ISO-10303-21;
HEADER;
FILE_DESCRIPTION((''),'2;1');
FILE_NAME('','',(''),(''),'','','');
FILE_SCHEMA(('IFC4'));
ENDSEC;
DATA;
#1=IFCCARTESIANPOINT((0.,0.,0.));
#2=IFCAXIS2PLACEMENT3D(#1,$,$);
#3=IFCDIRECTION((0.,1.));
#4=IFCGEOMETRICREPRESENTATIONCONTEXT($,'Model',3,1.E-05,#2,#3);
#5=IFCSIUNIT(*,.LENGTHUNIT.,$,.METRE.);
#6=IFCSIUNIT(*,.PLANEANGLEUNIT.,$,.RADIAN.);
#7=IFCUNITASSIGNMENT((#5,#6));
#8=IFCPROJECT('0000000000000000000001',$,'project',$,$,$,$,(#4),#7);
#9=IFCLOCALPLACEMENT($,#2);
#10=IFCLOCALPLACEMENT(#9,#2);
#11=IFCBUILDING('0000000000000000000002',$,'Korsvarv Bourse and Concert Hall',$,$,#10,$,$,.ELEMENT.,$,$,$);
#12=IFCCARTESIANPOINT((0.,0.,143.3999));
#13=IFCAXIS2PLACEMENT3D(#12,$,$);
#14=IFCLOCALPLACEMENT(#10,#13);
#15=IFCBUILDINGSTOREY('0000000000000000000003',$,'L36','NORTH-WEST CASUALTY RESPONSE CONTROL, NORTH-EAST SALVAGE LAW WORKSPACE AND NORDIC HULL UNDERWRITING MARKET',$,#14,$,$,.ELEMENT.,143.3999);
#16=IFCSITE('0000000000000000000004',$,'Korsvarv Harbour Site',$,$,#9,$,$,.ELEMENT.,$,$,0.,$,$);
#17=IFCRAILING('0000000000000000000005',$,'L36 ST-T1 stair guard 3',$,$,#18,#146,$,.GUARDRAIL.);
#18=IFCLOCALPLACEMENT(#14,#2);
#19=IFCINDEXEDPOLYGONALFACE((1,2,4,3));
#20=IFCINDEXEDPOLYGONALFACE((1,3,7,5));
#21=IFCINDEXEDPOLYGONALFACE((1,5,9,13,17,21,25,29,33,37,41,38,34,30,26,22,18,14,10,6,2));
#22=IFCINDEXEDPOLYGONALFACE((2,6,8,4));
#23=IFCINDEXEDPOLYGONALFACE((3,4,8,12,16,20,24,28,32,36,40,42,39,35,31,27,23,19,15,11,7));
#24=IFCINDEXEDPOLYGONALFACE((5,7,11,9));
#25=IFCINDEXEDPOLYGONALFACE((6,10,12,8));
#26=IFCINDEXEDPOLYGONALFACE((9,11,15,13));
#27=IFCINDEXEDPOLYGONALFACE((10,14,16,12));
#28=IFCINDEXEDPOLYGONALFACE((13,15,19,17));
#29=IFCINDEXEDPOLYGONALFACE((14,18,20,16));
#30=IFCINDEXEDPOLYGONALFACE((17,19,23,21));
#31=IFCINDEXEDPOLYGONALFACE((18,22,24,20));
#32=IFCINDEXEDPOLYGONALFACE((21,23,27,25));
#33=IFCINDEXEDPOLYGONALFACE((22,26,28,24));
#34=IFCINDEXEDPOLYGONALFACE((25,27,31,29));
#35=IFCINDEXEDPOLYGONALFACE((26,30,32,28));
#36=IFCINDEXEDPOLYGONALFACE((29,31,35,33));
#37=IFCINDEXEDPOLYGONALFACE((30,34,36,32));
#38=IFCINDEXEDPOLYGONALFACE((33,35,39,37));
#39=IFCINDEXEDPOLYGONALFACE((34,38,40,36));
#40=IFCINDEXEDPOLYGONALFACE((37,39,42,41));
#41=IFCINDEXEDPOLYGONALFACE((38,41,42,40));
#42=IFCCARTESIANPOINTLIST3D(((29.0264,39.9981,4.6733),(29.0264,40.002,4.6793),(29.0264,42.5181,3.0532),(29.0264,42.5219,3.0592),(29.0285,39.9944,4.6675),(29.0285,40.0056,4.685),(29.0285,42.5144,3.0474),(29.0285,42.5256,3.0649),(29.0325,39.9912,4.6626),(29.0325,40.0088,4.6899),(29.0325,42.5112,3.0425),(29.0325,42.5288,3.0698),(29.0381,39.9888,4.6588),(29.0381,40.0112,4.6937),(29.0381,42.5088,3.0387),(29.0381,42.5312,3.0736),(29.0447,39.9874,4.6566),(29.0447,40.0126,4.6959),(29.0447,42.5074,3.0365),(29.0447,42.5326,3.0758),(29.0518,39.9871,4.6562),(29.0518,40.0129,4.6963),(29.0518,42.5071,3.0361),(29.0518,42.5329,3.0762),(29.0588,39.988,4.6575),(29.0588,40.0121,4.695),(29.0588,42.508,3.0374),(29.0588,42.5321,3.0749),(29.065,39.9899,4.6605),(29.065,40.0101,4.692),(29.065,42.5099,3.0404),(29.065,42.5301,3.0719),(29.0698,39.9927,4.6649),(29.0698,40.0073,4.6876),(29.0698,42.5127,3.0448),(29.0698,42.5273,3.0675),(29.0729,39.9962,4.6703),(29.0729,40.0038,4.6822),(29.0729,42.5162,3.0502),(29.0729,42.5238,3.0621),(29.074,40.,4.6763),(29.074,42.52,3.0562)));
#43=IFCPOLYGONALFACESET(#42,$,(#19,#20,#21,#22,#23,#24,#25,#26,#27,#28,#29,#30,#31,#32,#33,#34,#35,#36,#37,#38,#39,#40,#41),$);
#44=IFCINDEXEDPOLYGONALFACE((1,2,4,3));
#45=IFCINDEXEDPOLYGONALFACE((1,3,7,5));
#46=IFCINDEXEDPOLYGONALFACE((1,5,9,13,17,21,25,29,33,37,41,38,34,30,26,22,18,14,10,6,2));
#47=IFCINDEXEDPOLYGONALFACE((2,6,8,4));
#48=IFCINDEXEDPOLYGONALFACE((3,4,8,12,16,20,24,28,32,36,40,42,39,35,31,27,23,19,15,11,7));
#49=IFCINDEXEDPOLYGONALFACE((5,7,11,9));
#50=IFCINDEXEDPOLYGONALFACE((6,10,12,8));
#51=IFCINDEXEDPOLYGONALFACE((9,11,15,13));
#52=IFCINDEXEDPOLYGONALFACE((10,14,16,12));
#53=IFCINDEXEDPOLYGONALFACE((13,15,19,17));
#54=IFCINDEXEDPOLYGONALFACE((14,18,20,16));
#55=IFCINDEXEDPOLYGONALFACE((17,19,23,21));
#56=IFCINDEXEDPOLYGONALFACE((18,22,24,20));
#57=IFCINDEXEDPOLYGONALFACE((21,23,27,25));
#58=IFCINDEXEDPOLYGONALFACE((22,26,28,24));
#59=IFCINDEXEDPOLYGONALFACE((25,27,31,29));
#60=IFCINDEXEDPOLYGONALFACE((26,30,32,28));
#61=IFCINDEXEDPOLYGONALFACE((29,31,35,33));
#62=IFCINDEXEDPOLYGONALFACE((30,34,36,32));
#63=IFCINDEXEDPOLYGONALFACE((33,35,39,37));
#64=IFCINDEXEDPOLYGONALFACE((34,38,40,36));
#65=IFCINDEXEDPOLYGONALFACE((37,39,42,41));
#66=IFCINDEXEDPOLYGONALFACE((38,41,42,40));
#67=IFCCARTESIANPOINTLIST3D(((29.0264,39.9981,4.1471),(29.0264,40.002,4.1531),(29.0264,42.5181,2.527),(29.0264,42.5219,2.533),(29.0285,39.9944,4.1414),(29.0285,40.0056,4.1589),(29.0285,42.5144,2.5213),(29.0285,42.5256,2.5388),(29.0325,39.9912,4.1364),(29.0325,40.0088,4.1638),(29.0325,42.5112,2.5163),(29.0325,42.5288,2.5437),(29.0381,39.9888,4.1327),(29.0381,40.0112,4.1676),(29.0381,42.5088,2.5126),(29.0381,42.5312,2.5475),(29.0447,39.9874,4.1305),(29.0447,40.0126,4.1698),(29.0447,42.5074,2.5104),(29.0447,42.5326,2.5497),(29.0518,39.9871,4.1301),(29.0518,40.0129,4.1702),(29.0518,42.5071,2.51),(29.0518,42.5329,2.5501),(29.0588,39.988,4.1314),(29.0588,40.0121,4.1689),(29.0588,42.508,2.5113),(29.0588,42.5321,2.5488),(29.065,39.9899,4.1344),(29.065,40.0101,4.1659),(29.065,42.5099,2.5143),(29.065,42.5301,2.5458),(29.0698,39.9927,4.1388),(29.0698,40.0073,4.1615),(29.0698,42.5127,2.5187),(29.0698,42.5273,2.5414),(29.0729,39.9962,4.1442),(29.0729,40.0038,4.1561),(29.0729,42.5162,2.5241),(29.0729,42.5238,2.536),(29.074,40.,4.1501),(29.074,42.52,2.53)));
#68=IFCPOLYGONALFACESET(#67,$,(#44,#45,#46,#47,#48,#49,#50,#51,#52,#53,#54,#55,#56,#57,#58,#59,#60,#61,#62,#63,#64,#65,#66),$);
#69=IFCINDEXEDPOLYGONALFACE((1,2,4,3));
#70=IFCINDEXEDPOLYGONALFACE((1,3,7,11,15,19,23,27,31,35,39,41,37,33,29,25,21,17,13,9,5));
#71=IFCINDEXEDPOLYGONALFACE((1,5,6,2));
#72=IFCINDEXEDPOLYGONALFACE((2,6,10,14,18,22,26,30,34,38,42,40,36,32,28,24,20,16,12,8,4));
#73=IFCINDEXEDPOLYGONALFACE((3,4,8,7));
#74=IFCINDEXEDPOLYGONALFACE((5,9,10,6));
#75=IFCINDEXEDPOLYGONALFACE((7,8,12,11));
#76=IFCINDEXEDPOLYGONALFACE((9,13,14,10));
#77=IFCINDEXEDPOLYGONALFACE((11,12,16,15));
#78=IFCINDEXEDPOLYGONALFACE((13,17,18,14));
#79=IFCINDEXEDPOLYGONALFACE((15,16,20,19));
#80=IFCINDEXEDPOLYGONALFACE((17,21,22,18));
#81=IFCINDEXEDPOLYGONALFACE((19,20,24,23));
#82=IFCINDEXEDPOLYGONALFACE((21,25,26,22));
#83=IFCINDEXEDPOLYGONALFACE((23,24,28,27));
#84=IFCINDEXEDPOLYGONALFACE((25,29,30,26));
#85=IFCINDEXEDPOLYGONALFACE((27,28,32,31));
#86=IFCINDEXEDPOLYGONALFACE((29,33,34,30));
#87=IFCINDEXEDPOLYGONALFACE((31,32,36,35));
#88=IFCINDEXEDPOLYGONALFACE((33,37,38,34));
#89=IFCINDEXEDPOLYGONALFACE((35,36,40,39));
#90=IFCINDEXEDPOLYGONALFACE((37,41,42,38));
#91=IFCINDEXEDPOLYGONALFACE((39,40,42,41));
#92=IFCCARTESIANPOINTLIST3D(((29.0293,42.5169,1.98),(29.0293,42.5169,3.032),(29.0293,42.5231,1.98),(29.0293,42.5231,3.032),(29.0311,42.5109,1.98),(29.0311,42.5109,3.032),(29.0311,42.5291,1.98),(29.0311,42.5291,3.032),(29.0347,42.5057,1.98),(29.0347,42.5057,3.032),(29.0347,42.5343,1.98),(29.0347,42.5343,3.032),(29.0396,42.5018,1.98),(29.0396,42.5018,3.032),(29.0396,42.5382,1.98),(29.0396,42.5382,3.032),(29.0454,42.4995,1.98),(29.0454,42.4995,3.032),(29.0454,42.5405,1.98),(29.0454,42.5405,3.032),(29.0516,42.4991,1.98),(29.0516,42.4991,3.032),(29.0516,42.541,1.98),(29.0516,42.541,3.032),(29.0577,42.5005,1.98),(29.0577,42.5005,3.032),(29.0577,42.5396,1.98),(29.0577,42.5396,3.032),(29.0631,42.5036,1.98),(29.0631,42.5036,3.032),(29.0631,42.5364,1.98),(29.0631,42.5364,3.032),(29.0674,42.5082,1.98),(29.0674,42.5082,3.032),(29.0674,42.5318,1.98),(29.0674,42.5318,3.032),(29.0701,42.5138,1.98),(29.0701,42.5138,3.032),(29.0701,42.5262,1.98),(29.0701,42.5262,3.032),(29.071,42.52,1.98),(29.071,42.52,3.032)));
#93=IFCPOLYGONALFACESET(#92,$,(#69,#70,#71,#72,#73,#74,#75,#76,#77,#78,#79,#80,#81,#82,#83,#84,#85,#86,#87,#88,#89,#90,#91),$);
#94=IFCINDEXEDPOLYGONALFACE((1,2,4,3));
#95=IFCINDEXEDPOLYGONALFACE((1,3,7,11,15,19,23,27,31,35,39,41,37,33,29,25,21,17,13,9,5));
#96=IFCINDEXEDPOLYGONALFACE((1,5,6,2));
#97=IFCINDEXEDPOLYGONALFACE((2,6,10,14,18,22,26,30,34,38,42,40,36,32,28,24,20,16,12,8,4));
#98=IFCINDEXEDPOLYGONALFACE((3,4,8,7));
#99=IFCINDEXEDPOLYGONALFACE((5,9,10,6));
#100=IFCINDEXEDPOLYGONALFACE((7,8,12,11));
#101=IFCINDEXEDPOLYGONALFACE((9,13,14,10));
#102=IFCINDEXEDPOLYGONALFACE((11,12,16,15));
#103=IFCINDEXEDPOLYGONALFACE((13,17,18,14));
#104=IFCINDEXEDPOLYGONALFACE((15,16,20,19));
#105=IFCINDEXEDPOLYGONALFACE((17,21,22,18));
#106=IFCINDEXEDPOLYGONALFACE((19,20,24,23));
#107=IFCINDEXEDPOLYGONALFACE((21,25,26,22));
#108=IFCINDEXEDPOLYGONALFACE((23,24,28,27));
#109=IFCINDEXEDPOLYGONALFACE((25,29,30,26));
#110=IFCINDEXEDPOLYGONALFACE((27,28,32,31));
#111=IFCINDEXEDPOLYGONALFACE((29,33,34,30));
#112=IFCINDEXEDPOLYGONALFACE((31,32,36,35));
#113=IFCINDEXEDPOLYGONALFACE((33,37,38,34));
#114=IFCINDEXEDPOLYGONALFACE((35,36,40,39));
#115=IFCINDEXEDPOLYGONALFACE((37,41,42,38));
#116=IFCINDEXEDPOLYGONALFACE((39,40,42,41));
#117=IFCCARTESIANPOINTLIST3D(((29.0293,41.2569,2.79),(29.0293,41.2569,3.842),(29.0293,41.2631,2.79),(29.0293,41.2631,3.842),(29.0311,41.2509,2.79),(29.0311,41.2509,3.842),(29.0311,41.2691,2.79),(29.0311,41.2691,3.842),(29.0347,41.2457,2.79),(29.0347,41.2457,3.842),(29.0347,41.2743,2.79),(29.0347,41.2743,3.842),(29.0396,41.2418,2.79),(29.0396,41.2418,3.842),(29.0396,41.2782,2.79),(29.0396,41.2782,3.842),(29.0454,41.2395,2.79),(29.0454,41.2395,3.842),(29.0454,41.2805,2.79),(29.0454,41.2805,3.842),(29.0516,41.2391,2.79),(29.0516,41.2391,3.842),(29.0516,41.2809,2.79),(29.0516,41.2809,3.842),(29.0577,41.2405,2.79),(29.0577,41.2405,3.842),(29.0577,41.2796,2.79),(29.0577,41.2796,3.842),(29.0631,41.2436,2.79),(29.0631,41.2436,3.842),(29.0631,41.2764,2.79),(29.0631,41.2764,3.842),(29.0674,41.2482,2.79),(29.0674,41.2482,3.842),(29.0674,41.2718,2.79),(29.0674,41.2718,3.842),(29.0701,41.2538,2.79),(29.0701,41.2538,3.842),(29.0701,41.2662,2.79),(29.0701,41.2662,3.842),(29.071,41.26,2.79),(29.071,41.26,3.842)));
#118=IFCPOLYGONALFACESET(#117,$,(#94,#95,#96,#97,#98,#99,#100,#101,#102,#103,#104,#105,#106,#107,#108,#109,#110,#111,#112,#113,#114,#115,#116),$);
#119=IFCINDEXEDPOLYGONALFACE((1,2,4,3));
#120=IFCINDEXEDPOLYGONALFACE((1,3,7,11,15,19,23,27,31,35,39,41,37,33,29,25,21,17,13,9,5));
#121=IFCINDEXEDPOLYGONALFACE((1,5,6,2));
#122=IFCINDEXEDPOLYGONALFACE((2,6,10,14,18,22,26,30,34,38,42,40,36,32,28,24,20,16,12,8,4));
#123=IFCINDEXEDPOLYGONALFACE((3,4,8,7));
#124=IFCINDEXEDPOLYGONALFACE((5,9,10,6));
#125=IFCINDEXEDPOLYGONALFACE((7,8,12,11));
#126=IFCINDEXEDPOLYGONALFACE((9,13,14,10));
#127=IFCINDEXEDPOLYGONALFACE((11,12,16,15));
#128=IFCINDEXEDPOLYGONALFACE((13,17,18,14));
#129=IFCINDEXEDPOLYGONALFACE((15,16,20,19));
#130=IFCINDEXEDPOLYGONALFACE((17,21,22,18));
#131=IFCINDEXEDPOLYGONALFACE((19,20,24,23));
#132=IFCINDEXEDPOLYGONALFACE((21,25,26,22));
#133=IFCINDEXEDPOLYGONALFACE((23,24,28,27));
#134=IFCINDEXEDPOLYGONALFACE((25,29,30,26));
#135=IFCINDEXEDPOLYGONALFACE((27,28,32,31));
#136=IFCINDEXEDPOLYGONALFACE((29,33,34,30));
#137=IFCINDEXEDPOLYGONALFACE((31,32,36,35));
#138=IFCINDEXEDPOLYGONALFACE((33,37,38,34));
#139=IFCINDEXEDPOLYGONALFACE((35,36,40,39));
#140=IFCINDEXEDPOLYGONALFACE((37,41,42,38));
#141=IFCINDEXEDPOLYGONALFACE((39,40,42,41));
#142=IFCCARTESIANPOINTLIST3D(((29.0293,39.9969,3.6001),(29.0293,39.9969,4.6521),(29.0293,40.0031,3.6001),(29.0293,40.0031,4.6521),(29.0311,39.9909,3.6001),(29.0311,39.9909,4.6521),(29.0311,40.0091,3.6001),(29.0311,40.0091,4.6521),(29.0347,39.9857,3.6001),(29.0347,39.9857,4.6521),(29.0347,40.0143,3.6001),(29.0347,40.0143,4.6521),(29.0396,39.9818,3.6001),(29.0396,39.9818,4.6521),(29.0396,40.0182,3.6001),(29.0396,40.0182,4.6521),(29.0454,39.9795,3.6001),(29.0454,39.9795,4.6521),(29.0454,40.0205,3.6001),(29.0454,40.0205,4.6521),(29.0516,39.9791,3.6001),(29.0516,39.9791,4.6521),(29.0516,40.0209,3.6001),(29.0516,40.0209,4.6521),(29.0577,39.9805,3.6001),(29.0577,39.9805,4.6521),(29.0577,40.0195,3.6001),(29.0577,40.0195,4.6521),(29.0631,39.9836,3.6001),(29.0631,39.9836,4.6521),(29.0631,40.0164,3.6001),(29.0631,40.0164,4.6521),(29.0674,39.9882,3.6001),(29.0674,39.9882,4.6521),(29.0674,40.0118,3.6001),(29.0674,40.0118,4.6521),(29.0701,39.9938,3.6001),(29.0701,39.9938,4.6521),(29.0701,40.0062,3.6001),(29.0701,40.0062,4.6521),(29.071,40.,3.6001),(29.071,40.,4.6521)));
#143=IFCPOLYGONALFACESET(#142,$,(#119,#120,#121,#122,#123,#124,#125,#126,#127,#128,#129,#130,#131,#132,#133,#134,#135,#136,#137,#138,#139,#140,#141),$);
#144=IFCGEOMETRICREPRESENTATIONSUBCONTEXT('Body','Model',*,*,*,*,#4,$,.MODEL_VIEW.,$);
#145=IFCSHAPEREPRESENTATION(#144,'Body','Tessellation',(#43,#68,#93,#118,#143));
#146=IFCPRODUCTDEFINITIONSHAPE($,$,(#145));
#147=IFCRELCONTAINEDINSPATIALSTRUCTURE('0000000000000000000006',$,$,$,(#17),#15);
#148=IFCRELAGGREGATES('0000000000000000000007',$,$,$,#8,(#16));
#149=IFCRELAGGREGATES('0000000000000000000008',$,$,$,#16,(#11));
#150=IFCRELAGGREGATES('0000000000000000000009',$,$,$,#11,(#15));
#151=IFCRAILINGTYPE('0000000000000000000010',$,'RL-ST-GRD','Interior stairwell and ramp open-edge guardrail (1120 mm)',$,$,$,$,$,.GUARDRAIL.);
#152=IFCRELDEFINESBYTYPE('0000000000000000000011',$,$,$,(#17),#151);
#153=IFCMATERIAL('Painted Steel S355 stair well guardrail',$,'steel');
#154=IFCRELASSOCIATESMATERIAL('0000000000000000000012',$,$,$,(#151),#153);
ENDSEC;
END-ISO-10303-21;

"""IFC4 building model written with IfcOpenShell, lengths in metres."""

from ifc_helpers import new_model, si_unit, direction, frame, origin, origin_2d, place, context, subcontext, project, spatial, circle, extrude, material, type_object, element, save


model = new_model("IFC4")

# Units and contexts
model_context = context("Model", 3, precision=1e-05, world=origin(), true_north=direction((0.0, 1.0)))
body_context = subcontext(model_context, "Body", "Model", "MODEL_VIEW")
ifc_project = project(units=[si_unit("LENGTHUNIT", "METRE"), si_unit("PLANEANGLEUNIT", "RADIAN")], contexts=[model_context])

# Site, building, storey
site_placement = place(None, origin())
site = spatial("IfcSite", under=ifc_project, at=site_placement, Name="Korsvarv Harbour Site", CompositionType="ELEMENT", RefElevation=0.0)
building_placement = place(site_placement, origin())
building = spatial("IfcBuilding", under=site, at=building_placement, Name="Korsvarv Bourse and Concert Hall", CompositionType="ELEMENT")
storey_placement = place(building_placement, frame((0.0, 0.0, 143.3999)))
storey = spatial("IfcBuildingStorey", under=building, at=storey_placement, Name="L36", Description="NORTH-WEST CASUALTY RESPONSE CONTROL, NORTH-EAST SALVAGE LAW WORKSPACE AND NORDIC HULL UNDERWRITING MARKET", CompositionType="ELEMENT", Elevation=143.3999)

# Railing
ifc_material_1 = material(Name="Painted Steel S355 stair well guardrail", Category="steel")
railing_type_1 = type_object("IfcRailingType", Name="RL-ST-GRD", Description="Interior stairwell and ramp open-edge guardrail (1120 mm)", PredefinedType="GUARDRAIL", material=ifc_material_1)
railing_1_placement = place(storey_placement, frame((29.05, 42.52, 1.98)))
element("IfcRailing", 1, at=railing_1_placement, inside=storey, type_object=railing_type_1, Name="L36 ST-T1 stair guard 3", PredefinedType="GUARDRAIL", context=body_context, shape_type="SweptSolid", body=[
    extrude(circle(Radius=0.0239, at=origin_2d()), frame((0.0, 0.0, 1.0762), z_axis=(0.0, -0.841163, 0.540782), x_axis=(1.0, 0.0, 0.0)), (0.0, 0.0, 1.0), 2.9958),
    extrude(circle(Radius=0.0239, at=origin_2d()), frame((0.0, 0.0, 0.55), z_axis=(0.0, -0.841163, 0.540782), x_axis=(1.0, 0.0, 0.0)), (0.0, 0.0, 1.0), 2.9958),
    extrude(circle(Radius=0.021, at=origin_2d()), origin(), (0.0, 0.0, 1.0), 1.052),
    extrude(circle(Radius=0.021, at=origin_2d()), frame((0.0, -1.26, 0.8101)), (0.0, 0.0, 1.0), 1.052),
    extrude(circle(Radius=0.021, at=origin_2d()), frame((0.0, -2.52, 1.6201)), (0.0, 0.0, 1.0), 1.052),
])

save(model, "model.ifc")
